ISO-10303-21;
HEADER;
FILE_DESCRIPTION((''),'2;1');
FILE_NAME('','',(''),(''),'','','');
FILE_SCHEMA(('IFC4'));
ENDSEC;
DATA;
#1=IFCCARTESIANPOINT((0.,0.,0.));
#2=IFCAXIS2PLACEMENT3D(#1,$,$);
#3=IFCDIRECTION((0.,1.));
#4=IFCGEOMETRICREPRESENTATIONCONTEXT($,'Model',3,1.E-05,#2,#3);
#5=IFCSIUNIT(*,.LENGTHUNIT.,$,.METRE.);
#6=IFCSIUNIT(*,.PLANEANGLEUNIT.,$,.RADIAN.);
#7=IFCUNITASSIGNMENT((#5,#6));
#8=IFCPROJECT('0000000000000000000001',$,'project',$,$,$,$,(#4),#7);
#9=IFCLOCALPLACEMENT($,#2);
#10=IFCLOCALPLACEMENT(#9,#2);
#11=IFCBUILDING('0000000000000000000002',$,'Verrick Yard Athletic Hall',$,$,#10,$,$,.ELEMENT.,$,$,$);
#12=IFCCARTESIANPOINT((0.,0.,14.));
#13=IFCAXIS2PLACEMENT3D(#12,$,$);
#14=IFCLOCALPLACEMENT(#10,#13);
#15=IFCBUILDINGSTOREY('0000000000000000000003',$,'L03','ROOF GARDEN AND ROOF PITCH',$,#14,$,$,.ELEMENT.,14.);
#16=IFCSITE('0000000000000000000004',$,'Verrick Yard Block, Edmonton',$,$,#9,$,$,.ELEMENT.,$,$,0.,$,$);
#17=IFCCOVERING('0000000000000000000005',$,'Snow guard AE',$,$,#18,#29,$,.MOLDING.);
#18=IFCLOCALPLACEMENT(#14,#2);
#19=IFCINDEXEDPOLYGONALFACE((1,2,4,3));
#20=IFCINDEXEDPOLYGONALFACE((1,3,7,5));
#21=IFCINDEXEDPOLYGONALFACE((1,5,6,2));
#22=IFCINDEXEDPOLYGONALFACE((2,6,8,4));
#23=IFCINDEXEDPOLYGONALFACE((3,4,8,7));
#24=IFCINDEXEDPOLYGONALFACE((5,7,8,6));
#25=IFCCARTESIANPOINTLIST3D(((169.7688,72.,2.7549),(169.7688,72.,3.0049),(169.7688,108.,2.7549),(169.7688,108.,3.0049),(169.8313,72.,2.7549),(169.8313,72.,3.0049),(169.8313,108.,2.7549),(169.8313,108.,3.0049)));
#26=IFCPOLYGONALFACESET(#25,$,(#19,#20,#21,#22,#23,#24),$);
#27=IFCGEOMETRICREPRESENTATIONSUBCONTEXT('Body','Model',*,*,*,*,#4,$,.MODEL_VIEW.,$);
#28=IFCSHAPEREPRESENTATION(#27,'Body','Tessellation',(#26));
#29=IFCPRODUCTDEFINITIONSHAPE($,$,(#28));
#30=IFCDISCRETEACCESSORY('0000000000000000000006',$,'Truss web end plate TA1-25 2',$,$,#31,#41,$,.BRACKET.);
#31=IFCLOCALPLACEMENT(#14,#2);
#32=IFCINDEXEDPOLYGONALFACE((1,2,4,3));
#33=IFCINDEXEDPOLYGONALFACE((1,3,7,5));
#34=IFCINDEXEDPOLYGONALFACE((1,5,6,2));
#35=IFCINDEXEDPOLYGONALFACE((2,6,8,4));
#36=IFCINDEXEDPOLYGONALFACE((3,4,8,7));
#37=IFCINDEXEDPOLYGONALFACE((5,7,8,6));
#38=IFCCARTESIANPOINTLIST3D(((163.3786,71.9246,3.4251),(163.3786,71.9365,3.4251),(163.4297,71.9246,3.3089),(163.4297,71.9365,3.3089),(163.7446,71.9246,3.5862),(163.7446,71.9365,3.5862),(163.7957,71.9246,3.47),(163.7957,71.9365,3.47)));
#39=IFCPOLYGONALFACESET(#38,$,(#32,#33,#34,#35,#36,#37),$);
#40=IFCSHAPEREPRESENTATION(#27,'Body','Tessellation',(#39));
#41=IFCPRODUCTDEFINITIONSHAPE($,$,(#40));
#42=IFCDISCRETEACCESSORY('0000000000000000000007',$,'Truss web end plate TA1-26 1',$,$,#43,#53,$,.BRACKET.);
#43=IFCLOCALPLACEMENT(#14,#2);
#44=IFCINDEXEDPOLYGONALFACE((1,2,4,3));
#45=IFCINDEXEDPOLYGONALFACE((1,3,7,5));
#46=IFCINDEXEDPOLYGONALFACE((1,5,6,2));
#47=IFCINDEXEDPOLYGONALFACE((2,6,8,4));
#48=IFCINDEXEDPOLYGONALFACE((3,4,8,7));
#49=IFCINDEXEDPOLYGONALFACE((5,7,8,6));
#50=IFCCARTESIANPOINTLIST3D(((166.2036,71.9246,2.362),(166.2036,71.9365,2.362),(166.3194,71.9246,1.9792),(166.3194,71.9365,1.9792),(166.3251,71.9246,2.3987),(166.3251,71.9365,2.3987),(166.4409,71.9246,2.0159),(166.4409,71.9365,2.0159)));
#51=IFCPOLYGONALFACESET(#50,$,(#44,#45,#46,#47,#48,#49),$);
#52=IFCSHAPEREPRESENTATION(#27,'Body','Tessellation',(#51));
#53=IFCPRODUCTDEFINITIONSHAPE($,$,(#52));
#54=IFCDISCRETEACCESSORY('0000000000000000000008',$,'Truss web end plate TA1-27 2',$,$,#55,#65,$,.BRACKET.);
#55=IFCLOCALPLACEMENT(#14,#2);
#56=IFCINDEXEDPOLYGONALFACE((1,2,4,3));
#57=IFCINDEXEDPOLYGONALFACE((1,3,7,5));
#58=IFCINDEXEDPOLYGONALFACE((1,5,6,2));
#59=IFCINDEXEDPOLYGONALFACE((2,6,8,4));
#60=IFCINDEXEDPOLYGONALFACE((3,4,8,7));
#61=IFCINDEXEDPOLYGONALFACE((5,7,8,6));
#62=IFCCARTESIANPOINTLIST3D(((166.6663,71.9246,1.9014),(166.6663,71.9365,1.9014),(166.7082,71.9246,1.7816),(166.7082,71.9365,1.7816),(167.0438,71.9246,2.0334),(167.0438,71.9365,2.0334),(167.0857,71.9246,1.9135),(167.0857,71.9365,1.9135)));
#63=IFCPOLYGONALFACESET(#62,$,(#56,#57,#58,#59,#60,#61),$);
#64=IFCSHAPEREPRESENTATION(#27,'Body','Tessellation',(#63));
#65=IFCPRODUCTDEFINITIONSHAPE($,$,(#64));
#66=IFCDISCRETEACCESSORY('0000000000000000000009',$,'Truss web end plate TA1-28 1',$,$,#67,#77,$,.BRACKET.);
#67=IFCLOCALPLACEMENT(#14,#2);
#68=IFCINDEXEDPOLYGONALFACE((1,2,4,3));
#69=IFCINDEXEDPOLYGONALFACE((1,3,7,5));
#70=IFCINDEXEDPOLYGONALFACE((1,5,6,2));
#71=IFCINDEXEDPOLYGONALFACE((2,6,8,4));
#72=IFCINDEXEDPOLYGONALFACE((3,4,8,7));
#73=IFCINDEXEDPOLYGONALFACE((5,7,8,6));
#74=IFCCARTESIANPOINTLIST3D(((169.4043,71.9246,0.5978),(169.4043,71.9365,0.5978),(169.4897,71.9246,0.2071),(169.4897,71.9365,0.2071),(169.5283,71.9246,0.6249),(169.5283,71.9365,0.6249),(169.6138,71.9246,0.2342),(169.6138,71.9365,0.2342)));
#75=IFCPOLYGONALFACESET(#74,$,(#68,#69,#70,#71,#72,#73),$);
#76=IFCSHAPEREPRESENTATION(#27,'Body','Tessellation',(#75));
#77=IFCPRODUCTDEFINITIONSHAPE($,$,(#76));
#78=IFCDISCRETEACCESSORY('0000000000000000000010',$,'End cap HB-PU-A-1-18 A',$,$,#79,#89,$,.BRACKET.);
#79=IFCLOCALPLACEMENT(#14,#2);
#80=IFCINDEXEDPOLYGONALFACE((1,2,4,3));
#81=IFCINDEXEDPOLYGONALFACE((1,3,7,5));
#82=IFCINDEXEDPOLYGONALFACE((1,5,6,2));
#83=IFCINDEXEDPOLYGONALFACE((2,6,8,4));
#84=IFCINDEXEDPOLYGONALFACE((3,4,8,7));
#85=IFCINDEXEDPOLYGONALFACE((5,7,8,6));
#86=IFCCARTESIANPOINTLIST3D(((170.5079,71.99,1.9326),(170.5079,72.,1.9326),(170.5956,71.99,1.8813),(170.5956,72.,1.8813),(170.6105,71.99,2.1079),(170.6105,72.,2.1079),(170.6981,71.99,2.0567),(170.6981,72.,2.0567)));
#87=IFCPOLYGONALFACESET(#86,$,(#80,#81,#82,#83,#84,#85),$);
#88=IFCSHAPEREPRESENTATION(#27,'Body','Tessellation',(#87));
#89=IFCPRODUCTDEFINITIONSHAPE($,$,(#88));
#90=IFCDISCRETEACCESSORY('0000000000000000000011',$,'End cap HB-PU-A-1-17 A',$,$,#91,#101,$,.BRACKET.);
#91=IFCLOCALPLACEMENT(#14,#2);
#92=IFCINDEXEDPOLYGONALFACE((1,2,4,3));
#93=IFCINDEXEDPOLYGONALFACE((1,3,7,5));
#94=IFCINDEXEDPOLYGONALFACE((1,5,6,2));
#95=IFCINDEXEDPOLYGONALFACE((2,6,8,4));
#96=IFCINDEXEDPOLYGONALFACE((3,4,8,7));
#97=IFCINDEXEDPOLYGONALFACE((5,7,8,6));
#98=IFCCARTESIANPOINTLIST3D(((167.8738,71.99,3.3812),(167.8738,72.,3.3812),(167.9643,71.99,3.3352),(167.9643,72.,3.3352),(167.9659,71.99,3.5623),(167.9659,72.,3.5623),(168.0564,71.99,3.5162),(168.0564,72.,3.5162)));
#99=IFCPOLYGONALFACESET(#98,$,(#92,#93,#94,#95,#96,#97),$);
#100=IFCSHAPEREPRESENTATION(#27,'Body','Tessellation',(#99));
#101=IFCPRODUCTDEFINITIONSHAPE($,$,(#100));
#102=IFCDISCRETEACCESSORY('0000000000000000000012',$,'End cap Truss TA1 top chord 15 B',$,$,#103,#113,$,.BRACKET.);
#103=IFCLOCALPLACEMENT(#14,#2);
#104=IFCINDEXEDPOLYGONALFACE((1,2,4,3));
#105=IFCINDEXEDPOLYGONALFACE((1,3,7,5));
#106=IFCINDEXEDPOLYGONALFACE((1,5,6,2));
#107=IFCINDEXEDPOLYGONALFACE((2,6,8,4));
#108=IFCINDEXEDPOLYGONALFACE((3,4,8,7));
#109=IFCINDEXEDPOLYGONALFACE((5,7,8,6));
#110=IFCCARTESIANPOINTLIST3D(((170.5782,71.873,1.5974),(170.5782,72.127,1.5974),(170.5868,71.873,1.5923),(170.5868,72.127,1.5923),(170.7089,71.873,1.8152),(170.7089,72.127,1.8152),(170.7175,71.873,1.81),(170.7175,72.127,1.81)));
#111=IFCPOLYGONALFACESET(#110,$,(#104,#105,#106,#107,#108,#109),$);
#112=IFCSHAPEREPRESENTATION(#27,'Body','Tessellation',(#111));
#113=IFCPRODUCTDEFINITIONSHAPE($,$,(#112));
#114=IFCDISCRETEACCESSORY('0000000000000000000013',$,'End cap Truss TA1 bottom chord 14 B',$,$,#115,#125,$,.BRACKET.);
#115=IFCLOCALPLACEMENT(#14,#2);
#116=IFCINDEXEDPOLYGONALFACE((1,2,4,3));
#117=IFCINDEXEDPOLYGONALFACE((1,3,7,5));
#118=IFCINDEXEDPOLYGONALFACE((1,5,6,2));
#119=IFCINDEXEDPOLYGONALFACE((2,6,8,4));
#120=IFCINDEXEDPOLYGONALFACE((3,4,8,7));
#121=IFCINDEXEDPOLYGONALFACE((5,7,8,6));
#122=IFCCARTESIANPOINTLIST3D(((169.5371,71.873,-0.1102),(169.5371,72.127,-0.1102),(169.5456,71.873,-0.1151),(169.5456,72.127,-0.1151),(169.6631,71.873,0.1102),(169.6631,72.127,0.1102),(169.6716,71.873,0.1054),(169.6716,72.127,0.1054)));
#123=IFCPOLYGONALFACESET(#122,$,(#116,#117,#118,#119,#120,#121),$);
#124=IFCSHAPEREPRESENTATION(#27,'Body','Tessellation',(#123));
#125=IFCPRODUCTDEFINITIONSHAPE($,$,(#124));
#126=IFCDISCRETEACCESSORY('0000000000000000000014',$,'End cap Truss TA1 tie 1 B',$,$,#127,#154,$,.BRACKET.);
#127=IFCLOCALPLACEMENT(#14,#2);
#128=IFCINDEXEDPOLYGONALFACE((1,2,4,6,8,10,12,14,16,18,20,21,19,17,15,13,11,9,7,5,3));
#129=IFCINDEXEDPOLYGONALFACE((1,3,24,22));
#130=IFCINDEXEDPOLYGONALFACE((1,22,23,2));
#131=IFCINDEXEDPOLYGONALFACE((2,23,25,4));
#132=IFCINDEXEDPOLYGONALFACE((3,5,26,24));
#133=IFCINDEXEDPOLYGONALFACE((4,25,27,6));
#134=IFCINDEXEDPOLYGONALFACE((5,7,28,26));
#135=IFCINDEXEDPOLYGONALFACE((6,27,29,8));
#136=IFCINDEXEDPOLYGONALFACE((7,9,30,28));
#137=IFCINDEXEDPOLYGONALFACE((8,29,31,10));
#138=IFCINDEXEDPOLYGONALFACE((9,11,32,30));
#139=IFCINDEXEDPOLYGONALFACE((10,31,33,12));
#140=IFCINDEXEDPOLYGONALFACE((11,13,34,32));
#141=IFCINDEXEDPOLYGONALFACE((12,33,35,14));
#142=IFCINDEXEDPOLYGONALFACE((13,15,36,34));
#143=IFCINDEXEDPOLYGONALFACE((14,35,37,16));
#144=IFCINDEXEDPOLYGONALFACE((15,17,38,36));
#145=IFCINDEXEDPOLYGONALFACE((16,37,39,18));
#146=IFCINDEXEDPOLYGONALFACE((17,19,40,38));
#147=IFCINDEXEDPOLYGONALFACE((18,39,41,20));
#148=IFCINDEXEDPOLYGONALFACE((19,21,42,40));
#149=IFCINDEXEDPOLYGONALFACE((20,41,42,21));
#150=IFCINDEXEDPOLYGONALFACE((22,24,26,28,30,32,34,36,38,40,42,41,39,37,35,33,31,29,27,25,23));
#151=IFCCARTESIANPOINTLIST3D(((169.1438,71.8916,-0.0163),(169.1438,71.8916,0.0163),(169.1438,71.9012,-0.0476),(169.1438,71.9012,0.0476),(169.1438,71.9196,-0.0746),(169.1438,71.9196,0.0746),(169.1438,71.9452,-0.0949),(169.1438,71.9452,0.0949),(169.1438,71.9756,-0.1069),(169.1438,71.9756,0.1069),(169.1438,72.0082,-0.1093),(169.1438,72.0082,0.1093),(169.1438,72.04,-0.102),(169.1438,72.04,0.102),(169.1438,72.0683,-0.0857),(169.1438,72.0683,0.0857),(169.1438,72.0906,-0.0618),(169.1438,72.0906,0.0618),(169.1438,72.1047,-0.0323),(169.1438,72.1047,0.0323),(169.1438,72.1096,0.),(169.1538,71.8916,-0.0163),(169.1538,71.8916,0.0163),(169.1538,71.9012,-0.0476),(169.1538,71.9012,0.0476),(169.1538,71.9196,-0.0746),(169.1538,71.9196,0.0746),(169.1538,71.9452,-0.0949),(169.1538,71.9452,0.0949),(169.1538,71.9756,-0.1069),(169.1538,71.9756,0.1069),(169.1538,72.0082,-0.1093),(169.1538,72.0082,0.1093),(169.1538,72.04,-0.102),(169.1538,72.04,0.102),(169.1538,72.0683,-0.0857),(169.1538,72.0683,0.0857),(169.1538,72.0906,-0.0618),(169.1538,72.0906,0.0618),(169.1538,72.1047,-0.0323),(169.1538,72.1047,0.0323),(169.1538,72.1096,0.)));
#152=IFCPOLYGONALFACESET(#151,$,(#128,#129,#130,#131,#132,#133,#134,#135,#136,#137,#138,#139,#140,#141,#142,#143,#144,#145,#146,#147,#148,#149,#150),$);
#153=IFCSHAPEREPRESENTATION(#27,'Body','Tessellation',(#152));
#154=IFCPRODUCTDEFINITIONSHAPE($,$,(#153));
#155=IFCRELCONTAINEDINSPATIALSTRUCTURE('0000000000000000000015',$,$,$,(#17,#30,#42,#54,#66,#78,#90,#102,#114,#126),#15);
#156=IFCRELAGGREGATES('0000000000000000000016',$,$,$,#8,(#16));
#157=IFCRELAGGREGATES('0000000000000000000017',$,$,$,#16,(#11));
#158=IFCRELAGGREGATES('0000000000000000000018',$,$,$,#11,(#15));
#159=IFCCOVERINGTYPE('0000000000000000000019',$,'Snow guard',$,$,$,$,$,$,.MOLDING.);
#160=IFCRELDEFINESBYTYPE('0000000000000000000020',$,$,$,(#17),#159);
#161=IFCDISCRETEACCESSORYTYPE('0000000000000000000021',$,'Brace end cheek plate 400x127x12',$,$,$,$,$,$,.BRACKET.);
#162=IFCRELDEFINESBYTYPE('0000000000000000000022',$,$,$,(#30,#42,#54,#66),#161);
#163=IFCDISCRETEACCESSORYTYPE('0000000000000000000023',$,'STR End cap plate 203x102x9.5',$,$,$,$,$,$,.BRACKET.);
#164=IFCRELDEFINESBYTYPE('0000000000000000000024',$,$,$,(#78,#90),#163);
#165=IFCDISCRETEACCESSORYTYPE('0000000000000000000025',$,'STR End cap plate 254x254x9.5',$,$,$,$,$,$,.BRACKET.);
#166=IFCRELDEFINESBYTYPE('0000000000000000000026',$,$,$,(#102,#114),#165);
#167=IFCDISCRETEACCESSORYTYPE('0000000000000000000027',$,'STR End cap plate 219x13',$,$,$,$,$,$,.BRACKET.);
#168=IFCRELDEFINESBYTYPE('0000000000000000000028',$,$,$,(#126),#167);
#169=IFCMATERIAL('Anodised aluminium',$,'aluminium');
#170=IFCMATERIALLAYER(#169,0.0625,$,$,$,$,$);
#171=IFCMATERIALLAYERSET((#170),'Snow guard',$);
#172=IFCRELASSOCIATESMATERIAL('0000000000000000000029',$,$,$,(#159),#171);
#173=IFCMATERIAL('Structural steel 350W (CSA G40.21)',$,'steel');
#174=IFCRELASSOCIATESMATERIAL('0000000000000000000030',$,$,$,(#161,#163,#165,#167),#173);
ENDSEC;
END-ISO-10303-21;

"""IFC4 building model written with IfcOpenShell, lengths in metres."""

from ifc_helpers import new_model, si_unit, direction, frame, origin, origin_2d, place, context, subcontext, project, spatial, polyline, rectangle, circle, outline, extrude, material, layer, layer_set, material_profile, profile_set, type_object, element, save


model = new_model("IFC4")

# Units and contexts
model_context = context("Model", 3, precision=1e-05, world=origin(), true_north=direction((0.0, 1.0)))
body_context = subcontext(model_context, "Body", "Model", "MODEL_VIEW")
ifc_project = project(units=[si_unit("LENGTHUNIT", "METRE"), si_unit("PLANEANGLEUNIT", "RADIAN")], contexts=[model_context])

# Site, building, storey
site_placement = place(None, origin())
site = spatial("IfcSite", under=ifc_project, at=site_placement, Name="Verrick Yard Block, Edmonton", CompositionType="ELEMENT", RefElevation=0.0)
building_placement = place(site_placement, origin())
building = spatial("IfcBuilding", under=site, at=building_placement, Name="Verrick Yard Athletic Hall", CompositionType="ELEMENT")
storey_placement = place(building_placement, frame((0.0, 0.0, 14.0)))
storey = spatial("IfcBuildingStorey", under=building, at=storey_placement, Name="L03", Description="ROOF GARDEN AND ROOF PITCH", CompositionType="ELEMENT", Elevation=14.0)

# Covering
ifc_material_1 = material(Name="Anodised aluminium", Category="aluminium")
ifc_layer = layer(ifc_material_1, 0.0625)
ifc_layer_set = layer_set([ifc_layer], Name="Snow guard")
covering_type = type_object("IfcCoveringType", Name="Snow guard", PredefinedType="MOLDING", material=ifc_layer_set)
covering_placement = place(storey_placement, frame((169.8, 72.0, 2.7549), z_axis=(0.0, 0.0, 1.0), x_axis=(0.0, 1.0, 0.0)))
element("IfcCovering", 1, at=covering_placement, inside=storey, type_object=covering_type, Name="Snow guard AE", PredefinedType="MOLDING", context=body_context, shape_type="SweptSolid", body=[
    extrude(outline(polyline([(0.0, 0.0), (36.0, 0.0), (36.0, 0.25), (0.0, 0.25), (0.0, 0.0)])), frame((0.0, 0.0312, 0.0), z_axis=(0.0, -1.0, 0.0), x_axis=(1.0, 0.0, 0.0)), (0.0, 0.0, 1.0), 0.0625),
])

# Discrete accessories
ifc_material_2 = material(Name="Structural steel 350W (CSA G40.21)", Category="steel")
ifc_material_profile_1 = material_profile(ifc_material_2, rectangle(XDim=0.3999, YDim=0.127, at=origin_2d()), Name="Brace end cheek plate")
ifc_profile_set_1 = profile_set([ifc_material_profile_1], Name="Structural steel 350W (CSA G40.21)")
discrete_accessory_type_1 = type_object("IfcDiscreteAccessoryType", Name="Brace end cheek plate 400x127x12", PredefinedType="BRACKET", material=ifc_profile_set_1)
for number, where, z_axis, x_axis, name in (
    (2, (163.5872, 71.9365, 3.4475), (0.0, -1.0, 0.0), (0.915285, 0.0, 0.402806), "Truss web end plate TA1-25 2"),
    (3, (166.3223, 71.9365, 2.189), (0.0, -1.0, 0.0), (-0.289473, 0.0, 0.957186), "Truss web end plate TA1-26 1"),
    (4, (166.876, 71.9365, 1.9075), (0.0, -1.0, 0.0), (0.944026, 0.0, 0.329872), "Truss web end plate TA1-27 2"),
    (5, (169.509, 71.9365, 0.416), (0.0, -1.0, 0.0), (-0.213605, 0.0, 0.97692), "Truss web end plate TA1-28 1"),
):
    element("IfcDiscreteAccessory", number, at=place(storey_placement, frame(where, z_axis=z_axis, x_axis=x_axis)), inside=storey, type_object=discrete_accessory_type_1, Name=name, PredefinedType="BRACKET", context=body_context, shape_type="SweptSolid", body=[
        extrude(rectangle(XDim=0.3999, YDim=0.127, at=origin_2d()), origin(), (0.0, 0.0, 1.0), 0.012),
    ])
ifc_material_profile_2 = material_profile(ifc_material_2, rectangle(XDim=0.1016, YDim=0.2031, at=origin_2d()), Name="STR End cap plate 203x102x9.5")
ifc_profile_set_2 = profile_set([ifc_material_profile_2], Name="Structural steel 350W (CSA G40.21)")
discrete_accessory_type_2 = type_object("IfcDiscreteAccessoryType", Name="STR End cap plate 203x102x9.5", PredefinedType="BRACKET", material=ifc_profile_set_2)
for number, where, z_axis, x_axis, name in (
    (6, (170.603, 71.99, 1.9946), (0.0, 1.0, 0.0), (-0.863168, 0.0, 0.504917), "End cap HB-PU-A-1-18 A"),
    (7, (167.9651, 71.99, 3.4487), (0.0, 1.0, 0.0), (-0.891353, 0.0, 0.45331), "End cap HB-PU-A-1-17 A"),
):
    element("IfcDiscreteAccessory", number, at=place(storey_placement, frame(where, z_axis=z_axis, x_axis=x_axis)), inside=storey, type_object=discrete_accessory_type_2, Name=name, PredefinedType="BRACKET", context=body_context, shape_type="SweptSolid", body=[
        extrude(rectangle(XDim=0.1016, YDim=0.2031, at=origin_2d()), origin(), (0.0, 0.0, 1.0), 0.01),
    ])
ifc_material_profile_3 = material_profile(ifc_material_2, rectangle(XDim=0.2539, YDim=0.2539, at=origin_2d()), Name="STR End cap plate 254x254x9.5")
ifc_profile_set_3 = profile_set([ifc_material_profile_3], Name="Structural steel 350W (CSA G40.21)")
discrete_accessory_type_3 = type_object("IfcDiscreteAccessoryType", Name="STR End cap plate 254x254x9.5", PredefinedType="BRACKET", material=ifc_profile_set_3)
discrete_accessory_1_placement = place(storey_placement, frame((170.6436, 72.0, 1.7063), z_axis=(0.857493, 0.0, -0.514496), x_axis=(0.0, 1.0, 0.0)))
element("IfcDiscreteAccessory", 8, at=discrete_accessory_1_placement, inside=storey, type_object=discrete_accessory_type_3, Name="End cap Truss TA1 top chord 15 B", PredefinedType="BRACKET", context=body_context, shape_type="SweptSolid", body=[
    extrude(rectangle(XDim=0.2539, YDim=0.2539, at=origin_2d()), origin(), (0.0, 0.0, 1.0), 0.01),
])
discrete_accessory_2_placement = place(storey_placement, frame((169.6001, 72.0, 0.0), z_axis=(0.868243, 0.0, -0.496139), x_axis=(0.0, 1.0, 0.0)))
element("IfcDiscreteAccessory", 9, at=discrete_accessory_2_placement, inside=storey, type_object=discrete_accessory_type_3, Name="End cap Truss TA1 bottom chord 14 B", PredefinedType="BRACKET", context=body_context, shape_type="SweptSolid", body=[
    extrude(rectangle(XDim=0.2539, YDim=0.2539, at=origin_2d()), origin(), (0.0, 0.0, 1.0), 0.0098),
])
ifc_material_profile_4 = material_profile(ifc_material_2, circle(Radius=0.1096, at=origin_2d()), Name="STR End cap plate 219x13")
ifc_profile_set_4 = profile_set([ifc_material_profile_4], Name="Structural steel 350W (CSA G40.21)")
discrete_accessory_type_4 = type_object("IfcDiscreteAccessoryType", Name="STR End cap plate 219x13", PredefinedType="BRACKET", material=ifc_profile_set_4)
discrete_accessory_3_placement = place(storey_placement, frame((169.1438, 72.0, 0.0), z_axis=(1.0, 0.0, 0.0), x_axis=(0.0, 1.0, 0.0)))
element("IfcDiscreteAccessory", 10, at=discrete_accessory_3_placement, inside=storey, type_object=discrete_accessory_type_4, Name="End cap Truss TA1 tie 1 B", PredefinedType="BRACKET", context=body_context, shape_type="SweptSolid", body=[
    extrude(circle(Radius=0.1096, at=origin_2d()), origin(), (0.0, 0.0, 1.0), 0.01),
])

save(model, "model.ifc")
